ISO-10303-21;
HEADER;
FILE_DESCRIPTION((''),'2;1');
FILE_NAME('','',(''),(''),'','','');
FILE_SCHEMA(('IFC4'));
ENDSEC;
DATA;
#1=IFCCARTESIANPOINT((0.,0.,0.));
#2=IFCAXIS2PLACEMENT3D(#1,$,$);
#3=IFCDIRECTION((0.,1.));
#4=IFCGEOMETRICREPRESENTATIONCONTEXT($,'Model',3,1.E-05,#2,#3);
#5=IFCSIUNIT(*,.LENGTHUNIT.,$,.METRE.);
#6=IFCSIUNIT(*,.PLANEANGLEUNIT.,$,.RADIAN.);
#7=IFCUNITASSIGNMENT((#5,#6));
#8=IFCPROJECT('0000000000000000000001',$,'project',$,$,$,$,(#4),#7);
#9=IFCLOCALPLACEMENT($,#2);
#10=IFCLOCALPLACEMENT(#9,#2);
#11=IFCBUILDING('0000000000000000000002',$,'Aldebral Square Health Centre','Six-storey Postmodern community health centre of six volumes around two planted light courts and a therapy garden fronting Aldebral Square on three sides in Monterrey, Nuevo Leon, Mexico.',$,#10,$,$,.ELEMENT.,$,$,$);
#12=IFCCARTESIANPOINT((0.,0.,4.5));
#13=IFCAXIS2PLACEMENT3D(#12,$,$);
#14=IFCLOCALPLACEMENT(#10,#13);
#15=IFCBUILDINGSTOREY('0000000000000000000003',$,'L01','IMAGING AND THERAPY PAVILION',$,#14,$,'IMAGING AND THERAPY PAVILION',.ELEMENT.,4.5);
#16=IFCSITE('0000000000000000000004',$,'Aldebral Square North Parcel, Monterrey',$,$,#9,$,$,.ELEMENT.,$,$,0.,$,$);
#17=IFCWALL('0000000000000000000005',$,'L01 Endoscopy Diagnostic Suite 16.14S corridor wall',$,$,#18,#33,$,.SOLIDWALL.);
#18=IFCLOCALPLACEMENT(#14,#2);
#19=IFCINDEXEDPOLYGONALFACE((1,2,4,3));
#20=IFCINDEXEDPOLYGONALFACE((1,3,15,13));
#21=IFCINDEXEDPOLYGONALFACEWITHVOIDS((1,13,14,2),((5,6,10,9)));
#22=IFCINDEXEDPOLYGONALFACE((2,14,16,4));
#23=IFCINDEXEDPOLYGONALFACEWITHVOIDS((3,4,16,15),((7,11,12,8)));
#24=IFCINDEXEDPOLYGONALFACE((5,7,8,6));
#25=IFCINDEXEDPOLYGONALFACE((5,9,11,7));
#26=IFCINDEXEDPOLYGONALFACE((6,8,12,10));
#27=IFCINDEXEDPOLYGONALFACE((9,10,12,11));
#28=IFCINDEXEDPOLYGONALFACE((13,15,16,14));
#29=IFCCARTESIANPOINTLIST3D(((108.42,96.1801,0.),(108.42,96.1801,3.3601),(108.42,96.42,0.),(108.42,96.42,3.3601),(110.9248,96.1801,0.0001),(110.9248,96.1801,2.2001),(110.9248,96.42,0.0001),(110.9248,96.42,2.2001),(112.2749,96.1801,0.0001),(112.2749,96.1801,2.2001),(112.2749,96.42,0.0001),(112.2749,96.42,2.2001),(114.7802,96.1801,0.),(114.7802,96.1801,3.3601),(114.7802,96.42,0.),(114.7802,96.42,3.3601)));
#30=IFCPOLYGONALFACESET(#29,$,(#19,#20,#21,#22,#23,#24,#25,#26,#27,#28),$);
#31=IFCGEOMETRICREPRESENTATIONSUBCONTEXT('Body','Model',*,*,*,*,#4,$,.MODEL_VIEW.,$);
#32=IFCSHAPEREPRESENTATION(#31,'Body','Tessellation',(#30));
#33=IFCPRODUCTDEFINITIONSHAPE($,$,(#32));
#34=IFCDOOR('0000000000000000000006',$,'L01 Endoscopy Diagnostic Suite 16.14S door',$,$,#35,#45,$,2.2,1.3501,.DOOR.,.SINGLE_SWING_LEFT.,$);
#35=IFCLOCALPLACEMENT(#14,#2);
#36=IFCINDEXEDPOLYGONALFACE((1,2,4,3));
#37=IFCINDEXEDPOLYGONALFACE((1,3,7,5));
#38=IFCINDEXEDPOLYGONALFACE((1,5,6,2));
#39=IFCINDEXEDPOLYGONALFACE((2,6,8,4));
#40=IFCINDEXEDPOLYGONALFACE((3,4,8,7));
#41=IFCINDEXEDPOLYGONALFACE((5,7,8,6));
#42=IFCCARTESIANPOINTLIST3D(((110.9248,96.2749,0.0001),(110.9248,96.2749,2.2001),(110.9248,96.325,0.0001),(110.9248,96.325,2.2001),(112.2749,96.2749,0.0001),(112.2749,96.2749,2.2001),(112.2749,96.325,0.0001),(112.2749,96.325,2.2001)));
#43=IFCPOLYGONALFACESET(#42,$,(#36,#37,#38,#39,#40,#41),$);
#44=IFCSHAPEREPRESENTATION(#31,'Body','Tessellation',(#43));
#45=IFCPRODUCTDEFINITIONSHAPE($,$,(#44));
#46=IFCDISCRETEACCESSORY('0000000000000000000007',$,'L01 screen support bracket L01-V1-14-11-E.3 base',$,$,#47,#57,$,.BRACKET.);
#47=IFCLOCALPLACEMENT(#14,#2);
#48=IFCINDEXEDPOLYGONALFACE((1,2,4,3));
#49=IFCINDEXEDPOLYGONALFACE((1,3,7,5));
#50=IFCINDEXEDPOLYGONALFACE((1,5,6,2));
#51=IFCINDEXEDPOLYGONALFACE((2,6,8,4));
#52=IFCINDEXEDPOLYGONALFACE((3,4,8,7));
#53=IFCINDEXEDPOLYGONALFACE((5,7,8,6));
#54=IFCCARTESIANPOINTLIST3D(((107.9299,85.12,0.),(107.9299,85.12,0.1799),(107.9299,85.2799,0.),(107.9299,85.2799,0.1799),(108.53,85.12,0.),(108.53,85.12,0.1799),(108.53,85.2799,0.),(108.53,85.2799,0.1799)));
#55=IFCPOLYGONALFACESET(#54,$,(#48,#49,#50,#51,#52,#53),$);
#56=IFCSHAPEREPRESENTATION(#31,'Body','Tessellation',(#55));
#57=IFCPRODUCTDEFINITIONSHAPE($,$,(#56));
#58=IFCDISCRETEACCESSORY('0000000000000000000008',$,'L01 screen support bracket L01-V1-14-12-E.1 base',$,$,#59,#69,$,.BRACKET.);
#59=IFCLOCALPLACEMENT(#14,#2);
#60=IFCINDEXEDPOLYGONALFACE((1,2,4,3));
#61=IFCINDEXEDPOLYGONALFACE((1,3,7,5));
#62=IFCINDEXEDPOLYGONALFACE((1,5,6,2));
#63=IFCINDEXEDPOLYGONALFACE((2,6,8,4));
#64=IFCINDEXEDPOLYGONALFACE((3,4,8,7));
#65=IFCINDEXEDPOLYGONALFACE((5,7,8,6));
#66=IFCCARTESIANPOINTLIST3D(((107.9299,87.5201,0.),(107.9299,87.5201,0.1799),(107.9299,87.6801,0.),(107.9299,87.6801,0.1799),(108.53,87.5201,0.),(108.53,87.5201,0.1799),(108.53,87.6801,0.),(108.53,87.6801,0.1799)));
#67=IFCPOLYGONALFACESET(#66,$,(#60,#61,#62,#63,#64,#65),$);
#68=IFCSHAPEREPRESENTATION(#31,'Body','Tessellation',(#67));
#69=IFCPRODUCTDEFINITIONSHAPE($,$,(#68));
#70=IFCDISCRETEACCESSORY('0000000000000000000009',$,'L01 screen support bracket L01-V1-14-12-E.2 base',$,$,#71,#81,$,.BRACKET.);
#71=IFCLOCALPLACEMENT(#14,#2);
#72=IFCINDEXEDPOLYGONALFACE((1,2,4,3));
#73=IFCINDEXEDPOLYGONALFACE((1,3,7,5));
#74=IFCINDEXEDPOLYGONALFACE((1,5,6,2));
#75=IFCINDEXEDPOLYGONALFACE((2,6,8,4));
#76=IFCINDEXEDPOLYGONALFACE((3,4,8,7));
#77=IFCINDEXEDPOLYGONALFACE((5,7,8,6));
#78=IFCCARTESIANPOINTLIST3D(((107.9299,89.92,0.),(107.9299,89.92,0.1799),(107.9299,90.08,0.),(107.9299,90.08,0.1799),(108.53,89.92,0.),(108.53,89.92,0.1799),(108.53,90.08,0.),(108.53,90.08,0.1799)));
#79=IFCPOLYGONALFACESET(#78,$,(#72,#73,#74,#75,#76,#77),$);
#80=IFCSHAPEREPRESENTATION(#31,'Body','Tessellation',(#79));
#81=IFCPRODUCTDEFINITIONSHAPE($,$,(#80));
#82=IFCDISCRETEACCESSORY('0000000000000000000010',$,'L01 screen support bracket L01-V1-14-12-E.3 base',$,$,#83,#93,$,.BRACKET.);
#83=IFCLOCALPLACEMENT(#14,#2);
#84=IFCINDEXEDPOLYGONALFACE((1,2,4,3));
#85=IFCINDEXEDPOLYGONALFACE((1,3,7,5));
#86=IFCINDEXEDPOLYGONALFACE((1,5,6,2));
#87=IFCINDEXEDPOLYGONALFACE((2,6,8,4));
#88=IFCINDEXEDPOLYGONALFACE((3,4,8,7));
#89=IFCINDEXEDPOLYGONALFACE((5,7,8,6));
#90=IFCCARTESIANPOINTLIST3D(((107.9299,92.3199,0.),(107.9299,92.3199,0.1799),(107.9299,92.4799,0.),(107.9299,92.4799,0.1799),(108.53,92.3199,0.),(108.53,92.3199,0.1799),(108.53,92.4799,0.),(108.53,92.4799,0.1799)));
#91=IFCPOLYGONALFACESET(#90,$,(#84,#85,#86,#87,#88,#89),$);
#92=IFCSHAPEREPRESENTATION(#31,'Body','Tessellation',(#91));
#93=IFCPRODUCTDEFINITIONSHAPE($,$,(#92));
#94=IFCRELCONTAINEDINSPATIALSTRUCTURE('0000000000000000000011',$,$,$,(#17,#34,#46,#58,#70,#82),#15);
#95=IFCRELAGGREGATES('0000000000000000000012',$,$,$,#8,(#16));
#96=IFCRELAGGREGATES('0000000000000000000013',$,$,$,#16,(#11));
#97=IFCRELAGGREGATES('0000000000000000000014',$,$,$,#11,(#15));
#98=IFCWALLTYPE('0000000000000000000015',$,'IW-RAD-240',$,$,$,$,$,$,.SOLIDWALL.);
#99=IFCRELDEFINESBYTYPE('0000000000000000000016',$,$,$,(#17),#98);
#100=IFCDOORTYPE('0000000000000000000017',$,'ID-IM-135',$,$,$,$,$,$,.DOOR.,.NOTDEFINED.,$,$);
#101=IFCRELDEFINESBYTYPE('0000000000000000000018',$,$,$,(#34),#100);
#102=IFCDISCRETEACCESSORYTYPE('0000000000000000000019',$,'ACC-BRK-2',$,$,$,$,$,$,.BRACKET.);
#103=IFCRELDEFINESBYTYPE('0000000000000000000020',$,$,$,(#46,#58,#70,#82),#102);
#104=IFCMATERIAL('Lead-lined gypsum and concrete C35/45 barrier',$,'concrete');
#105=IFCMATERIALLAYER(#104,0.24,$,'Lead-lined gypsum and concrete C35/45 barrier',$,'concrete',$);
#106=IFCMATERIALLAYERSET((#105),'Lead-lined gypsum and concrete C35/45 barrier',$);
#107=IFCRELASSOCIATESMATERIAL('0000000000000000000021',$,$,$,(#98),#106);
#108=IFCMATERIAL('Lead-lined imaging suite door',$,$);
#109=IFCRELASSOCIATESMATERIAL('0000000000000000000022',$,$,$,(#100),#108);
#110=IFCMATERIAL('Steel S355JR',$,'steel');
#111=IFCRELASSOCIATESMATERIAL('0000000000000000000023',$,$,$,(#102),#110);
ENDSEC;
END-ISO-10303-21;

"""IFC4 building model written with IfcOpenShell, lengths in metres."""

from ifc_helpers import new_model, si_unit, direction, frame, frame_2d, origin, origin_2d, place, context, subcontext, project, spatial, rectangle, extrude, material, layer, layer_set, type_object, element, fill, save


model = new_model("IFC4")

# Units and contexts
model_context = context("Model", 3, precision=1e-05, world=origin(), true_north=direction((0.0, 1.0)))
body_context = subcontext(model_context, "Body", "Model", "MODEL_VIEW")
ifc_project = project(units=[si_unit("LENGTHUNIT", "METRE"), si_unit("PLANEANGLEUNIT", "RADIAN")], contexts=[model_context])

# Site, building, storey
site_placement = place(None, origin())
site = spatial("IfcSite", under=ifc_project, at=site_placement, Name="Aldebral Square North Parcel, Monterrey", CompositionType="ELEMENT", RefElevation=0.0)
building_placement = place(site_placement, origin())
building = spatial("IfcBuilding", under=site, at=building_placement, Name="Aldebral Square Health Centre", Description="Six-storey Postmodern community health centre of six volumes around two planted light courts and a therapy garden fronting Aldebral Square on three sides in Monterrey, Nuevo Leon, Mexico.", CompositionType="ELEMENT")
storey_placement = place(building_placement, frame((0.0, 0.0, 4.5)))
storey = spatial("IfcBuildingStorey", under=building, at=storey_placement, Name="L01", Description="IMAGING AND THERAPY PAVILION", LongName="IMAGING AND THERAPY PAVILION", CompositionType="ELEMENT", Elevation=4.5)

# Wall, opening, door
ifc_material_1 = material(Name="Lead-lined gypsum and concrete C35/45 barrier", Category="concrete")
ifc_layer_1 = layer(ifc_material_1, 0.24, Name="Lead-lined gypsum and concrete C35/45 barrier", Category="concrete")
ifc_layer_set_1 = layer_set([ifc_layer_1], Name="Lead-lined gypsum and concrete C35/45 barrier")
wall_type_1 = type_object("IfcWallType", Name="IW-RAD-240", PredefinedType="SOLIDWALL", material=ifc_layer_set_1)
wall_1_placement = place(storey_placement, frame((108.4199, 96.3, 0.0), z_axis=(0.0, 0.0, 1.0), x_axis=(1.0, 0.0, 0.0)))
wall_1 = element("IfcWall", 1, at=wall_1_placement, inside=storey, type_object=wall_type_1, Name="L01 Endoscopy Diagnostic Suite 16.14S corridor wall", PredefinedType="SOLIDWALL", context=body_context, shape_type="SweptSolid", body=[
    extrude(rectangle(XDim=6.3601, YDim=0.24, at=frame_2d((3.1802, 0.0))), origin(), (0.0, 0.0, 1.0), 3.3601),
])
opening_1_placement = place(wall_1_placement, frame((2.5049, 0.0, 0.0)))
opening_1 = element("IfcOpeningElement", 2, at=opening_1_placement, cuts=wall_1, PredefinedType="OPENING", context=body_context, shape_type="SweptSolid", body=[
    extrude(rectangle(XDim=1.3501, YDim=2.2, at=frame_2d((0.675, 1.1001))), frame((0.0, 0.1299, 0.0), z_axis=(0.0, -1.0, 0.0), x_axis=(1.0, 0.0, 0.0)), (0.0, 0.0, 1.0), 0.26),
])
ifc_material_2 = material(Name="Lead-lined imaging suite door")
door_type_1 = type_object("IfcDoorType", Name="ID-IM-135", OperationType="NOTDEFINED", PredefinedType="DOOR", material=ifc_material_2)
door_1_placement = place(opening_1_placement, origin())
door_1 = element("IfcDoor", 3, at=door_1_placement, inside=storey, type_object=door_type_1, Name="L01 Endoscopy Diagnostic Suite 16.14S door", OperationType="SINGLE_SWING_LEFT", OverallHeight=2.2, OverallWidth=1.3501, PredefinedType="DOOR", context=body_context, shape_type="SweptSolid", body=[
    extrude(rectangle(XDim=1.3501, YDim=2.2, at=frame_2d((0.675, 1.1001))), frame((0.0, 0.0249, 0.0), z_axis=(0.0, -1.0, 0.0), x_axis=(1.0, 0.0, 0.0)), (0.0, 0.0, 1.0), 0.05),
])
fill(opening_1, door_1)

# Discrete accessories
ifc_material_3 = material(Name="Steel S355JR", Category="steel")
discrete_accessory_type = type_object("IfcDiscreteAccessoryType", Name="ACC-BRK-2", PredefinedType="BRACKET", material=ifc_material_3)
for number, where, z_axis, x_axis, name in (
    (4, (108.23, 85.2, 0.0), (0.0, 0.0, 1.0), (0.0, 1.0, 0.0), "L01 screen support bracket L01-V1-14-11-E.3 base"),
    (5, (108.23, 87.6001, 0.0), (0.0, 0.0, 1.0), (0.0, 1.0, 0.0), "L01 screen support bracket L01-V1-14-12-E.1 base"),
    (6, (108.23, 90.0, 0.0), (0.0, 0.0, 1.0), (0.0, 1.0, 0.0), "L01 screen support bracket L01-V1-14-12-E.2 base"),
    (7, (108.23, 92.3999, 0.0), (0.0, 0.0, 1.0), (0.0, 1.0, 0.0), "L01 screen support bracket L01-V1-14-12-E.3 base"),
):
    element("IfcDiscreteAccessory", number, at=place(storey_placement, frame(where, z_axis=z_axis, x_axis=x_axis)), inside=storey, type_object=discrete_accessory_type, Name=name, PredefinedType="BRACKET", context=body_context, shape_type="SweptSolid", body=[
        extrude(rectangle(XDim=0.1599, YDim=0.6001, at=origin_2d()), origin(), (0.0, 0.0, 1.0), 0.1799),
    ])

save(model, "model.ifc")
